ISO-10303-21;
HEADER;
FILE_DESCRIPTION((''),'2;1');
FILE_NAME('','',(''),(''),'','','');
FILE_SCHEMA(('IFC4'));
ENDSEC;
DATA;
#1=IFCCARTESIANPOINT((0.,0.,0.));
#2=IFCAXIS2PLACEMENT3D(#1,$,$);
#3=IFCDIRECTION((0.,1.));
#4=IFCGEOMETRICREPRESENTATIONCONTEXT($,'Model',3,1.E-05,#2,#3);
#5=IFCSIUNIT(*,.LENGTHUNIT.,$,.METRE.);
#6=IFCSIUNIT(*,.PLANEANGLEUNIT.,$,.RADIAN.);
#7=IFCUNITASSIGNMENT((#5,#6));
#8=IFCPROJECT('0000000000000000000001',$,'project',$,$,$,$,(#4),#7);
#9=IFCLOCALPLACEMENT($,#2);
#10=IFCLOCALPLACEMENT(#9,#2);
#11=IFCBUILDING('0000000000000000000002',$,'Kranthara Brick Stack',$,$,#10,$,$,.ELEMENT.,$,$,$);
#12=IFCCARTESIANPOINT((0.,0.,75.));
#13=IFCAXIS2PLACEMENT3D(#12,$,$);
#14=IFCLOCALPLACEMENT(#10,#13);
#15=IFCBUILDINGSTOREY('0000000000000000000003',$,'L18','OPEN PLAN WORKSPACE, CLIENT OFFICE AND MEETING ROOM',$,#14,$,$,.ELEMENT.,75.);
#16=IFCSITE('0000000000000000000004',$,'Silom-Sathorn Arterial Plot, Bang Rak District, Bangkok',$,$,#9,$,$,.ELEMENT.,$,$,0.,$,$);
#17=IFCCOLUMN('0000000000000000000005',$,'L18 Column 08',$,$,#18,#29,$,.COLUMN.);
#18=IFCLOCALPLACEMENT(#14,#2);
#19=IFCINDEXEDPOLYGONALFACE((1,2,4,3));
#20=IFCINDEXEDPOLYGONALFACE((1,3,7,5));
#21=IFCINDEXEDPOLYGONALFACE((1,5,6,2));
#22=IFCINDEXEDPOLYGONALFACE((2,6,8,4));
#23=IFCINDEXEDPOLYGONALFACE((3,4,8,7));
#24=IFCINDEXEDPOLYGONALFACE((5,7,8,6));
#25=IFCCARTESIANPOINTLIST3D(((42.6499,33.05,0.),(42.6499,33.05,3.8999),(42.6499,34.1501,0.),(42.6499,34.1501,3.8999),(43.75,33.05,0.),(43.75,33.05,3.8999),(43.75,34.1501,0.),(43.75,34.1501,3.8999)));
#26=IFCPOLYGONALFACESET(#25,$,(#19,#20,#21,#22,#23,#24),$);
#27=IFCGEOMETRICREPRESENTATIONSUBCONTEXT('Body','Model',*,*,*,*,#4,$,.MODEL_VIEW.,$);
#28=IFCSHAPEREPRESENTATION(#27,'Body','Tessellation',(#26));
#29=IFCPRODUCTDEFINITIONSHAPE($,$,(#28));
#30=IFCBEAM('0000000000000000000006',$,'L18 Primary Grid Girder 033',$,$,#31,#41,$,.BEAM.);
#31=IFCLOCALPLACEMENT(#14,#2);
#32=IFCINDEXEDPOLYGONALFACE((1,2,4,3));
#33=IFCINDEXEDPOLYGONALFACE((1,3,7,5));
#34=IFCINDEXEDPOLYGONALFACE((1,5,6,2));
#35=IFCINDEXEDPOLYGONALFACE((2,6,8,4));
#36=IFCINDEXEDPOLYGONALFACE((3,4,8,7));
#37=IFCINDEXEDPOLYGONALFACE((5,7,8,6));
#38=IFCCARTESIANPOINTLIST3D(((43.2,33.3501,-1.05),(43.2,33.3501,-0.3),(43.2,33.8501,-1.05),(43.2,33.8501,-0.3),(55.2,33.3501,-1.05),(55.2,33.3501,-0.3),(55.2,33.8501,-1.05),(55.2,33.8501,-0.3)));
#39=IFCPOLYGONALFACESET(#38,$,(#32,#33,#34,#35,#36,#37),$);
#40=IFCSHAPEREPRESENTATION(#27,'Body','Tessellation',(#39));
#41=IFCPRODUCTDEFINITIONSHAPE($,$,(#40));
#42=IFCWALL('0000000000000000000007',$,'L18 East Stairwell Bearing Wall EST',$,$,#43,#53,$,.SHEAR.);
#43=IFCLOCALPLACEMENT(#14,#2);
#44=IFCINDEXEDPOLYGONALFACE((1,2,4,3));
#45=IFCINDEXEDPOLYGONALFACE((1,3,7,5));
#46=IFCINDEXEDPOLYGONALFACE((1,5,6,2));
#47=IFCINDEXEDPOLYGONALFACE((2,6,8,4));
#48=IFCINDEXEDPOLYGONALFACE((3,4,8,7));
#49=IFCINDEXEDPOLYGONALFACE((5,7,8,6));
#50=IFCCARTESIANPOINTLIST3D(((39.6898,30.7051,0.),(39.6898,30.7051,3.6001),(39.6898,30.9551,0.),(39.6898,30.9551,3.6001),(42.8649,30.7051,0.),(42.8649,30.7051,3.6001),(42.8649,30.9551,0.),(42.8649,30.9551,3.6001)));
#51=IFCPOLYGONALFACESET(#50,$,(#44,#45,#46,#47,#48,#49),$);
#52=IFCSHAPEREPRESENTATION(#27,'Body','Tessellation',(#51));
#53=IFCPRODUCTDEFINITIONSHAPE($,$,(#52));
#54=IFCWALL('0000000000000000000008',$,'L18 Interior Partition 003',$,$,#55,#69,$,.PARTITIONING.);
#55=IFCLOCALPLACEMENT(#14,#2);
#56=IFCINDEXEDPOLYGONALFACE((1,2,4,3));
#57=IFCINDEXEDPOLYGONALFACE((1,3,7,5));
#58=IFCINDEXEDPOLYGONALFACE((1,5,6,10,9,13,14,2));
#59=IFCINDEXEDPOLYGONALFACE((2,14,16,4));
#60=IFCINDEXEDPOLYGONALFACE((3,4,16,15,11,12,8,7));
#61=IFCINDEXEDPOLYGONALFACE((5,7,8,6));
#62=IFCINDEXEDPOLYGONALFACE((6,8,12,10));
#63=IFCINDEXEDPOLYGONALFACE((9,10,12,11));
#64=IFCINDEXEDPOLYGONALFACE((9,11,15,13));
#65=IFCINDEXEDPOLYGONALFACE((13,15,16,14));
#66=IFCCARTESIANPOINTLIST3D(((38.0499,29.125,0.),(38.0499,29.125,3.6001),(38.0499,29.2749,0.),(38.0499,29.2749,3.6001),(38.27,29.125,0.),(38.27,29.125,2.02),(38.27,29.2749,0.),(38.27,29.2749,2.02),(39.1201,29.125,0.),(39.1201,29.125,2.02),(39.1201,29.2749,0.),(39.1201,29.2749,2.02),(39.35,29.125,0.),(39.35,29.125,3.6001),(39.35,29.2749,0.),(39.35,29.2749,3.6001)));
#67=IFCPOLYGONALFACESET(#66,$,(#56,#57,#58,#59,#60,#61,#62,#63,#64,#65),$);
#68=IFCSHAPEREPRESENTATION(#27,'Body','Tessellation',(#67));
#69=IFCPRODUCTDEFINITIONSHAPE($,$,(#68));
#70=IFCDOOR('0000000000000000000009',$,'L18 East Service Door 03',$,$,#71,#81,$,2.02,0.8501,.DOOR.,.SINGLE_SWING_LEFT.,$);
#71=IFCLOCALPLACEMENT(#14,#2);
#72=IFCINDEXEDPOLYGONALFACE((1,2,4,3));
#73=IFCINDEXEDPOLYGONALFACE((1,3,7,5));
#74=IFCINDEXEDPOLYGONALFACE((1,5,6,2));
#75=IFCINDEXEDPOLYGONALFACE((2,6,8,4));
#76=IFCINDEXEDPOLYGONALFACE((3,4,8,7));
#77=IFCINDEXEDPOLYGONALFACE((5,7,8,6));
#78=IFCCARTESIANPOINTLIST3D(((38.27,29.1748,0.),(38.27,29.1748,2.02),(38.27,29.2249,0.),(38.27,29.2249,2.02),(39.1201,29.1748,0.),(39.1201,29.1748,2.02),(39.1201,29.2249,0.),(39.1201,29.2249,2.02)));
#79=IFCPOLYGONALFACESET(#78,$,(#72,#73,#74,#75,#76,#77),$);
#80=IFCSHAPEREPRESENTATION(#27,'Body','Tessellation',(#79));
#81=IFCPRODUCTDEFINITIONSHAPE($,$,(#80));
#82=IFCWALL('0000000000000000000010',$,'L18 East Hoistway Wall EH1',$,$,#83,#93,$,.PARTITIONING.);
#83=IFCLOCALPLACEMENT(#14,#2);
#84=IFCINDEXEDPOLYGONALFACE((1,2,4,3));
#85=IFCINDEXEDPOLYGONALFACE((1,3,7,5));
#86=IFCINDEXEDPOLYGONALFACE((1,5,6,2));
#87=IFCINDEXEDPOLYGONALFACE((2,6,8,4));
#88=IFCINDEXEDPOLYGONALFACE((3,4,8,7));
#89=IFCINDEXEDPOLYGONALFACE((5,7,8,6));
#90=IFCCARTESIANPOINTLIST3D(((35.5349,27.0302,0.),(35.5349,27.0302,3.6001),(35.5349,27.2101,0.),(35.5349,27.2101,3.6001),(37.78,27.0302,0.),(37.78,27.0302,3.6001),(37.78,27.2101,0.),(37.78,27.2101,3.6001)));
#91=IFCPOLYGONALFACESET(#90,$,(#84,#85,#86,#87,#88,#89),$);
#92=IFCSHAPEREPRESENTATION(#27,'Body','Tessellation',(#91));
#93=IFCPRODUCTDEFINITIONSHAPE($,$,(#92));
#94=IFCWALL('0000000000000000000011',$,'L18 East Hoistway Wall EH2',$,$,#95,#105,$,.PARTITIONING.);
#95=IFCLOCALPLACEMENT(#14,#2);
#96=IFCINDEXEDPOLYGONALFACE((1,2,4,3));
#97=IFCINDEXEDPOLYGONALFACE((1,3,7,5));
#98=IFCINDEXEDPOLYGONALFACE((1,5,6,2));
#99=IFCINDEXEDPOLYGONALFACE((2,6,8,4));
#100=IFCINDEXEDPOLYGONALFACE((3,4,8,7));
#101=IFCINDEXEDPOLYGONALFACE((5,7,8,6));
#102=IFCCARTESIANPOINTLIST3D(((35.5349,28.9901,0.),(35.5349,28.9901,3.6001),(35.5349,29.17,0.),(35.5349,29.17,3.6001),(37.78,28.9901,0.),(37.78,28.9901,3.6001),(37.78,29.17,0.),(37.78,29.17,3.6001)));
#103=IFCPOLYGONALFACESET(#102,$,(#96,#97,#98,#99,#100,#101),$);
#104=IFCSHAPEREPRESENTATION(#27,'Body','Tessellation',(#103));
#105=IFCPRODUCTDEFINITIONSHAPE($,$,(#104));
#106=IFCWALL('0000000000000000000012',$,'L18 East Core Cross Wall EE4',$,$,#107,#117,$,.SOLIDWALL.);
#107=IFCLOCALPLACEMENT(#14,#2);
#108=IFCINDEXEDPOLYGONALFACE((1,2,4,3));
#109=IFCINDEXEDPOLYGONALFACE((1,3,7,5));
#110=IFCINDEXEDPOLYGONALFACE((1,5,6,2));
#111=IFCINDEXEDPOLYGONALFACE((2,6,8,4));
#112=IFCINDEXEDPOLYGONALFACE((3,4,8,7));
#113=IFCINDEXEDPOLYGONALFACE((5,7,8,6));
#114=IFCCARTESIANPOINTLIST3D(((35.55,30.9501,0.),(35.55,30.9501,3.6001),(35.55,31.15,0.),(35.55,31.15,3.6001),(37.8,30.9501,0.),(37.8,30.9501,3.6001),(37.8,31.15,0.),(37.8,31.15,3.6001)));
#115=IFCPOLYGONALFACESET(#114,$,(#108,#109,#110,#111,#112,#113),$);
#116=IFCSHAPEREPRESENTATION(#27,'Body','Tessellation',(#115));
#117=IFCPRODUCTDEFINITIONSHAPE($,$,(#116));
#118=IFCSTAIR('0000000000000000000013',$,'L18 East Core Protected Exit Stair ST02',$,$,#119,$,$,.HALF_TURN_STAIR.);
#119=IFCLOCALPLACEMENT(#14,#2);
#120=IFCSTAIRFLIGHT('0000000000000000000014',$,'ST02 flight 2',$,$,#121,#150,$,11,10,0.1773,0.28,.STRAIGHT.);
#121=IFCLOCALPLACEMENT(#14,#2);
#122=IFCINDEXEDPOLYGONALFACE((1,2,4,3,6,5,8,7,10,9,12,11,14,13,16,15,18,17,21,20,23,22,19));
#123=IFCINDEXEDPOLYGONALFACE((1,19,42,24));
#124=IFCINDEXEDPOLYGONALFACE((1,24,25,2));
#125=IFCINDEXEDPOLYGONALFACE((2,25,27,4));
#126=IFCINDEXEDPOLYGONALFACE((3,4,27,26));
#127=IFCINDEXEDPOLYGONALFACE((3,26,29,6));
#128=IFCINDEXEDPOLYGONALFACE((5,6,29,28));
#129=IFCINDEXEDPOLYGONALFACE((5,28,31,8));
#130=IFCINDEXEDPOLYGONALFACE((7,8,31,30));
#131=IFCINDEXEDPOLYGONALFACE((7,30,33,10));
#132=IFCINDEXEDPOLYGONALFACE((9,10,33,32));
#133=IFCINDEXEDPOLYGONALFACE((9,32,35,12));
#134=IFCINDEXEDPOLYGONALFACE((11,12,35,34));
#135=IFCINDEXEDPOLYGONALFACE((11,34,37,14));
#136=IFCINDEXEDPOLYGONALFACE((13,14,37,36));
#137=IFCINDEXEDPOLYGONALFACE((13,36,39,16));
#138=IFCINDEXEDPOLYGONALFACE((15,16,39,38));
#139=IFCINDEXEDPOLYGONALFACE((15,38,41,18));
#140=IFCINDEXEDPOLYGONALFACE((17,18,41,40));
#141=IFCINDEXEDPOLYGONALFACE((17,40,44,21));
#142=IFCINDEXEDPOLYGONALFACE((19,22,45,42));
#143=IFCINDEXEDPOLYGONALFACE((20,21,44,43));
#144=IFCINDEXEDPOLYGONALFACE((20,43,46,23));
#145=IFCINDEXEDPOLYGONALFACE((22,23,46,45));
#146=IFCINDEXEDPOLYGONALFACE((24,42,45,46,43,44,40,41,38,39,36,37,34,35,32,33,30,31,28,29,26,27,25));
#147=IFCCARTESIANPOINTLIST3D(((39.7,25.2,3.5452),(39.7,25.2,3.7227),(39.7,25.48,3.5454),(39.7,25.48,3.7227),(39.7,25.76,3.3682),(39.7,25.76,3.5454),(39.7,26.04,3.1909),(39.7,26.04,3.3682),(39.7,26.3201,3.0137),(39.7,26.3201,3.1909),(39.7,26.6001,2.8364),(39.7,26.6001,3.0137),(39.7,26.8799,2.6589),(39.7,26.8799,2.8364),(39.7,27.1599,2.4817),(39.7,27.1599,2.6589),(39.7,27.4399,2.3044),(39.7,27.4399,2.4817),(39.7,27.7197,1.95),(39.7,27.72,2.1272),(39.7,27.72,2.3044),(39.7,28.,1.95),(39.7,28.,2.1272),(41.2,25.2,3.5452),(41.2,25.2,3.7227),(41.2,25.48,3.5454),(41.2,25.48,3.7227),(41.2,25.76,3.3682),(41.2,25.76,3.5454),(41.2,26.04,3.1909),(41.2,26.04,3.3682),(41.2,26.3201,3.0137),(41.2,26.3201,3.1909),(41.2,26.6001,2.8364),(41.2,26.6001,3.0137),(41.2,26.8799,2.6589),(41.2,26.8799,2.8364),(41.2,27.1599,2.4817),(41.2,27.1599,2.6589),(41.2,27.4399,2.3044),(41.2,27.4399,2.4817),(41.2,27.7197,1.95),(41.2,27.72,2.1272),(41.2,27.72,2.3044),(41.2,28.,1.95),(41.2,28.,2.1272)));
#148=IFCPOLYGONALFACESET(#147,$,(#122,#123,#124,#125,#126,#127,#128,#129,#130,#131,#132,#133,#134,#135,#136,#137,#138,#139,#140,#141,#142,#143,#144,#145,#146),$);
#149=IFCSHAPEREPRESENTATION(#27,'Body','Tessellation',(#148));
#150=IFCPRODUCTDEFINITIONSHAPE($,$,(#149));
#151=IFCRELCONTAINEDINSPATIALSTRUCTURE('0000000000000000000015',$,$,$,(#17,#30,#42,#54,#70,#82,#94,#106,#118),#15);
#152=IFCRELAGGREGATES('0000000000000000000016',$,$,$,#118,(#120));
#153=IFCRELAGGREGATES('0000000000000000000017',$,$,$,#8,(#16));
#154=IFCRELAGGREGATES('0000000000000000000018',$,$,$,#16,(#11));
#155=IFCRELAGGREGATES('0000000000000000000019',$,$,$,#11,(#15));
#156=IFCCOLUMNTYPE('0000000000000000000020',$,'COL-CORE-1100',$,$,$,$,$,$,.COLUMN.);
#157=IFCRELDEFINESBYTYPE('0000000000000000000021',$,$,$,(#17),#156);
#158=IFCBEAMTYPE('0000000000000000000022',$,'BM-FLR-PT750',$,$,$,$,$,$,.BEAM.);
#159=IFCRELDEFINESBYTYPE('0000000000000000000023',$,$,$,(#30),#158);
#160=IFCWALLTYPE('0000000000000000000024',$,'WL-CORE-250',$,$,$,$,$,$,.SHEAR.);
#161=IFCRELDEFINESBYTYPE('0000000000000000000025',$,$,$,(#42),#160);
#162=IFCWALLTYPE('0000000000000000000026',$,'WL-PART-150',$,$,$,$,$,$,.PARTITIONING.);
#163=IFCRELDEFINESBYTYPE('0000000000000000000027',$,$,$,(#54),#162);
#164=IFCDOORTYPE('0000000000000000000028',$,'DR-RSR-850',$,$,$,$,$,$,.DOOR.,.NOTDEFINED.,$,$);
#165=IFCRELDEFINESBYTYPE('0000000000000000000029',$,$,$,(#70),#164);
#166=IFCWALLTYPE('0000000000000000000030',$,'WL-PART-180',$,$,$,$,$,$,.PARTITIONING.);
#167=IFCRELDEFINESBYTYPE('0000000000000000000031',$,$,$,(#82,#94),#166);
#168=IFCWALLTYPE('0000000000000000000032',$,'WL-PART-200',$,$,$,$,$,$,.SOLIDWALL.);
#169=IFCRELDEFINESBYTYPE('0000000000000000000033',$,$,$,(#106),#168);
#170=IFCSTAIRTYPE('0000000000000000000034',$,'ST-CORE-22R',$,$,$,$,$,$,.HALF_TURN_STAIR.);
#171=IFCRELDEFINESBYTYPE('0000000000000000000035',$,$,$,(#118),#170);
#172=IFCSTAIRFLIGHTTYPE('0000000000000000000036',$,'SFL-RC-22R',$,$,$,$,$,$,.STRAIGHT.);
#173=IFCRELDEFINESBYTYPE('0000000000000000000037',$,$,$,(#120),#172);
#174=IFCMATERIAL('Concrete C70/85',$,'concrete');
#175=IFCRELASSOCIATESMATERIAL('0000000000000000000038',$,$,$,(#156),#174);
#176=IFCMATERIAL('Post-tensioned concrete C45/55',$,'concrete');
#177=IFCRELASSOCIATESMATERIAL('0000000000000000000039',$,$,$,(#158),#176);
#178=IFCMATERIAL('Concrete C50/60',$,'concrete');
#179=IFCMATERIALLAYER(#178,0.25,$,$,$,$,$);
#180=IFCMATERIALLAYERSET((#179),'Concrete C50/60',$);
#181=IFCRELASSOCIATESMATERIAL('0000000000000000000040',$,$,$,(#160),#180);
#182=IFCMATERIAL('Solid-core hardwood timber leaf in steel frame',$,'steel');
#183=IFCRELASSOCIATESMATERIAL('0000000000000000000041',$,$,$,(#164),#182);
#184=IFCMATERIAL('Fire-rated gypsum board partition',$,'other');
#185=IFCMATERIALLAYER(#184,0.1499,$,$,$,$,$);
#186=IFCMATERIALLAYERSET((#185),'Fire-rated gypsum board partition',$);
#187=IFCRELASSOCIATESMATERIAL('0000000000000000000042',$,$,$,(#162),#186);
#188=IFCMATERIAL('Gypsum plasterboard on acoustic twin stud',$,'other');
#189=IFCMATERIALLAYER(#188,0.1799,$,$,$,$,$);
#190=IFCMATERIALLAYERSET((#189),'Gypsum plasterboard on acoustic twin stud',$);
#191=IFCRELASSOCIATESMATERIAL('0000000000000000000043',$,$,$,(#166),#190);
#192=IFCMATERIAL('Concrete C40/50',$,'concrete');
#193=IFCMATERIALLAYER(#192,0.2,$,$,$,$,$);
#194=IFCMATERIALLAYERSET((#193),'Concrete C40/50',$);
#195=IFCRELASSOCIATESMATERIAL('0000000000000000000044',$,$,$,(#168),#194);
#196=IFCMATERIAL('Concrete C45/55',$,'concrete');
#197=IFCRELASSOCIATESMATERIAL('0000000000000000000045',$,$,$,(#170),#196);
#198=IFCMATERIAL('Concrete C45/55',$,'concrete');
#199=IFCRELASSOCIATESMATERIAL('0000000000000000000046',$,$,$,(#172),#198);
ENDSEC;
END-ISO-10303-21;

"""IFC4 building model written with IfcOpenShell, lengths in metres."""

from ifc_helpers import new_model, si_unit, direction, frame, frame_2d, origin, origin_2d, place, context, subcontext, project, spatial, polyline, rectangle, outline, extrude, material, layer, layer_set, material_profile, profile_set, type_object, element, fill, aggregate, save


model = new_model("IFC4")

# Units and contexts
model_context = context("Model", 3, precision=1e-05, world=origin(), true_north=direction((0.0, 1.0)))
body_context = subcontext(model_context, "Body", "Model", "MODEL_VIEW")
ifc_project = project(units=[si_unit("LENGTHUNIT", "METRE"), si_unit("PLANEANGLEUNIT", "RADIAN")], contexts=[model_context])

# Site, building, storey
site_placement = place(None, origin())
site = spatial("IfcSite", under=ifc_project, at=site_placement, Name="Silom-Sathorn Arterial Plot, Bang Rak District, Bangkok", CompositionType="ELEMENT", RefElevation=0.0)
building_placement = place(site_placement, origin())
building = spatial("IfcBuilding", under=site, at=building_placement, Name="Kranthara Brick Stack", CompositionType="ELEMENT")
storey_placement = place(building_placement, frame((0.0, 0.0, 75.0)))
storey = spatial("IfcBuildingStorey", under=building, at=storey_placement, Name="L18", Description="OPEN PLAN WORKSPACE, CLIENT OFFICE AND MEETING ROOM", CompositionType="ELEMENT", Elevation=75.0)

# Column
ifc_material_1 = material(Name="Concrete C70/85", Category="concrete")
ifc_material_profile_1 = material_profile(ifc_material_1, rectangle(XDim=1.1001, YDim=1.1001, at=origin_2d()), Name="RC 1100x1100")
ifc_profile_set_1 = profile_set([ifc_material_profile_1], Name="Concrete C70/85")
column_type = type_object("IfcColumnType", Name="COL-CORE-1100", PredefinedType="COLUMN", material=ifc_profile_set_1)
column_placement = place(storey_placement, frame((43.2, 33.6001, 0.0), z_axis=(0.0, 0.0, 1.0), x_axis=(1.0, 0.0, 0.0)))
element("IfcColumn", 1, at=column_placement, inside=storey, type_object=column_type, Name="L18 Column 08", PredefinedType="COLUMN", context=body_context, shape_type="SweptSolid", body=[
    extrude(rectangle(XDim=1.1001, YDim=1.1001, at=origin_2d()), origin(), (0.0, 0.0, 1.0), 3.8999),
])

# Beam
ifc_material_2 = material(Name="Post-tensioned concrete C45/55", Category="concrete")
ifc_material_profile_2 = material_profile(ifc_material_2, rectangle(XDim=0.5, YDim=0.75, at=origin_2d()), Name="PT 500x750")
ifc_profile_set_2 = profile_set([ifc_material_profile_2], Name="Post-tensioned concrete C45/55")
beam_type = type_object("IfcBeamType", Name="BM-FLR-PT750", PredefinedType="BEAM", material=ifc_profile_set_2)
beam_placement = place(storey_placement, frame((43.2, 33.6001, -0.675), z_axis=(1.0, 0.0, 0.0), x_axis=(0.0, 1.0, 0.0)))
element("IfcBeam", 2, at=beam_placement, inside=storey, type_object=beam_type, Name="L18 Primary Grid Girder 033", PredefinedType="BEAM", context=body_context, shape_type="SweptSolid", body=[
    extrude(rectangle(XDim=0.5, YDim=0.75, at=origin_2d()), origin(), (0.0, 0.0, 1.0), 12.0),
])

# Wall
ifc_material_3 = material(Name="Concrete C50/60", Category="concrete")
ifc_layer_1 = layer(ifc_material_3, 0.25)
ifc_layer_set_1 = layer_set([ifc_layer_1], Name="Concrete C50/60")
wall_type_1 = type_object("IfcWallType", Name="WL-CORE-250", PredefinedType="SHEAR", material=ifc_layer_set_1)
wall_1_placement = place(storey_placement, frame((39.6899, 30.8301, 0.0), z_axis=(0.0, 0.0, 1.0), x_axis=(1.0, 0.0, 0.0)))
element("IfcWall", 3, at=wall_1_placement, inside=storey, type_object=wall_type_1, Name="L18 East Stairwell Bearing Wall EST", PredefinedType="SHEAR", context=body_context, shape_type="SweptSolid", body=[
    extrude(rectangle(XDim=3.175, YDim=0.25, at=frame_2d((1.5874, 0.0))), origin(), (0.0, 0.0, 1.0), 3.6001),
])

# Shared definitions
ifc_material_4 = material(Name="Solid-core hardwood timber leaf in steel frame", Category="steel")
door_type_1 = type_object("IfcDoorType", Name="DR-RSR-850", OperationType="NOTDEFINED", PredefinedType="DOOR", material=ifc_material_4)

# Wall, opening, door
ifc_material_5 = material(Name="Fire-rated gypsum board partition", Category="other")
ifc_layer_2 = layer(ifc_material_5, 0.1499)
ifc_layer_set_2 = layer_set([ifc_layer_2], Name="Fire-rated gypsum board partition")
wall_type_2 = type_object("IfcWallType", Name="WL-PART-150", PredefinedType="PARTITIONING", material=ifc_layer_set_2)
wall_2_placement = place(storey_placement, frame((38.05, 29.2, 0.0), z_axis=(0.0, 0.0, 1.0), x_axis=(1.0, 0.0, 0.0)))
wall_2 = element("IfcWall", 4, at=wall_2_placement, inside=storey, type_object=wall_type_2, Name="L18 Interior Partition 003", PredefinedType="PARTITIONING", context=body_context, shape_type="SweptSolid", body=[
    extrude(rectangle(XDim=1.3, YDim=0.1499, at=frame_2d((0.6499, 0.0))), origin(), (0.0, 0.0, 1.0), 3.6001),
])
opening_1_placement = place(wall_2_placement, frame((0.22, 0.0, 0.0)))
opening_1 = element("IfcOpeningElement", 5, at=opening_1_placement, cuts=wall_2, PredefinedType="OPENING", context=body_context, shape_type="SweptSolid", body=[
    extrude(rectangle(XDim=0.8501, YDim=2.02, at=frame_2d((0.425, 1.01))), frame((0.0, 0.085, 0.0), z_axis=(0.0, -1.0, 0.0), x_axis=(1.0, 0.0, 0.0)), (0.0, 0.0, 1.0), 0.1699),
])
door_1_placement = place(opening_1_placement, origin())
door_1 = element("IfcDoor", 6, at=door_1_placement, inside=storey, type_object=door_type_1, Name="L18 East Service Door 03", OperationType="SINGLE_SWING_LEFT", OverallHeight=2.02, OverallWidth=0.8501, PredefinedType="DOOR", context=body_context, shape_type="SweptSolid", body=[
    extrude(rectangle(XDim=0.8501, YDim=2.02, at=frame_2d((0.425, 1.01))), frame((0.0, 0.0249, 0.0), z_axis=(0.0, -1.0, 0.0), x_axis=(1.0, 0.0, 0.0)), (0.0, 0.0, 1.0), 0.05),
])
fill(opening_1, door_1)

# Walls
ifc_material_6 = material(Name="Gypsum plasterboard on acoustic twin stud", Category="other")
ifc_layer_3 = layer(ifc_material_6, 0.1799)
ifc_layer_set_3 = layer_set([ifc_layer_3], Name="Gypsum plasterboard on acoustic twin stud")
wall_type_3 = type_object("IfcWallType", Name="WL-PART-180", PredefinedType="PARTITIONING", material=ifc_layer_set_3)
for number, where, z_axis, x_axis, name in (
    (7, (35.5349, 27.1201, 0.0), (0.0, 0.0, 1.0), (1.0, 0.0, 0.0), "L18 East Hoistway Wall EH1"),
    (8, (35.5349, 29.0801, 0.0), (0.0, 0.0, 1.0), (1.0, 0.0, 0.0), "L18 East Hoistway Wall EH2"),
):
    element("IfcWall", number, at=place(storey_placement, frame(where, z_axis=z_axis, x_axis=x_axis)), inside=storey, type_object=wall_type_3, Name=name, PredefinedType="PARTITIONING", context=body_context, shape_type="SweptSolid", body=[
        extrude(rectangle(XDim=2.2451, YDim=0.1799, at=frame_2d((1.1226, 0.0))), origin(), (0.0, 0.0, 1.0), 3.6001),
    ])
ifc_material_7 = material(Name="Concrete C40/50", Category="concrete")
ifc_layer_4 = layer(ifc_material_7, 0.2)
ifc_layer_set_4 = layer_set([ifc_layer_4], Name="Concrete C40/50")
wall_type_4 = type_object("IfcWallType", Name="WL-PART-200", PredefinedType="SOLIDWALL", material=ifc_layer_set_4)
wall_3_placement = place(storey_placement, frame((35.55, 31.05, 0.0), z_axis=(0.0, 0.0, 1.0), x_axis=(1.0, 0.0, 0.0)))
element("IfcWall", 9, at=wall_3_placement, inside=storey, type_object=wall_type_4, Name="L18 East Core Cross Wall EE4", PredefinedType="SOLIDWALL", context=body_context, shape_type="SweptSolid", body=[
    extrude(rectangle(XDim=2.25, YDim=0.2, at=frame_2d((1.125, 0.0))), origin(), (0.0, 0.0, 1.0), 3.6001),
])

# Stair, stair flight
ifc_material_8 = material(Name="Concrete C45/55", Category="concrete")
stair_type = type_object("IfcStairType", Name="ST-CORE-22R", PredefinedType="HALF_TURN_STAIR", material=ifc_material_8)
stair_placement = place(storey_placement, origin())
stair = element("IfcStair", 10, at=stair_placement, inside=storey, type_object=stair_type, Name="L18 East Core Protected Exit Stair ST02", PredefinedType="HALF_TURN_STAIR")
ifc_material_9 = material(Name="Concrete C45/55", Category="concrete")
stair_flight_type = type_object("IfcStairFlightType", Name="SFL-RC-22R", PredefinedType="STRAIGHT", material=ifc_material_9)
stair_flight_placement = place(storey_placement, frame((40.45, 28.0, 1.95), z_axis=(0.0, 0.0, 1.0), x_axis=(0.0, -1.0, 0.0)))
stair_flight = element("IfcStairFlight", 11, at=stair_flight_placement, type_object=stair_flight_type, Name="ST02 flight 2", NumberOfRisers=11, NumberOfTreads=10, PredefinedType="STRAIGHT", RiserHeight=0.1773, TreadLength=0.28, context=body_context, shape_type="SweptSolid", body=[
    extrude(outline(polyline([(0.0, 0.0), (0.0, 0.1772), (0.28, 0.1772), (0.28, 0.3545), (0.5601, 0.3545), (0.5601, 0.5317), (0.8401, 0.5317), (0.8401, 0.709), (1.1201, 0.709), (1.1201, 0.8865), (1.3999, 0.8865), (1.3999, 1.0637), (1.6799, 1.0637), (1.6799, 1.241), (1.96, 1.241), (1.96, 1.4182), (2.24, 1.4182), (2.24, 1.5955), (2.52, 1.5955), (2.52, 1.7727), (2.8, 1.7727), (2.8, 1.95), (2.8, 1.5952), (0.2803, 0.0), (0.0, 0.0)])), frame((0.0, 0.75, 0.0), z_axis=(0.0, -1.0, 0.0), x_axis=(1.0, 0.0, 0.0)), (0.0, 0.0, 1.0), 1.5),
])
aggregate(stair, [stair_flight])

save(model, "model.ifc")
